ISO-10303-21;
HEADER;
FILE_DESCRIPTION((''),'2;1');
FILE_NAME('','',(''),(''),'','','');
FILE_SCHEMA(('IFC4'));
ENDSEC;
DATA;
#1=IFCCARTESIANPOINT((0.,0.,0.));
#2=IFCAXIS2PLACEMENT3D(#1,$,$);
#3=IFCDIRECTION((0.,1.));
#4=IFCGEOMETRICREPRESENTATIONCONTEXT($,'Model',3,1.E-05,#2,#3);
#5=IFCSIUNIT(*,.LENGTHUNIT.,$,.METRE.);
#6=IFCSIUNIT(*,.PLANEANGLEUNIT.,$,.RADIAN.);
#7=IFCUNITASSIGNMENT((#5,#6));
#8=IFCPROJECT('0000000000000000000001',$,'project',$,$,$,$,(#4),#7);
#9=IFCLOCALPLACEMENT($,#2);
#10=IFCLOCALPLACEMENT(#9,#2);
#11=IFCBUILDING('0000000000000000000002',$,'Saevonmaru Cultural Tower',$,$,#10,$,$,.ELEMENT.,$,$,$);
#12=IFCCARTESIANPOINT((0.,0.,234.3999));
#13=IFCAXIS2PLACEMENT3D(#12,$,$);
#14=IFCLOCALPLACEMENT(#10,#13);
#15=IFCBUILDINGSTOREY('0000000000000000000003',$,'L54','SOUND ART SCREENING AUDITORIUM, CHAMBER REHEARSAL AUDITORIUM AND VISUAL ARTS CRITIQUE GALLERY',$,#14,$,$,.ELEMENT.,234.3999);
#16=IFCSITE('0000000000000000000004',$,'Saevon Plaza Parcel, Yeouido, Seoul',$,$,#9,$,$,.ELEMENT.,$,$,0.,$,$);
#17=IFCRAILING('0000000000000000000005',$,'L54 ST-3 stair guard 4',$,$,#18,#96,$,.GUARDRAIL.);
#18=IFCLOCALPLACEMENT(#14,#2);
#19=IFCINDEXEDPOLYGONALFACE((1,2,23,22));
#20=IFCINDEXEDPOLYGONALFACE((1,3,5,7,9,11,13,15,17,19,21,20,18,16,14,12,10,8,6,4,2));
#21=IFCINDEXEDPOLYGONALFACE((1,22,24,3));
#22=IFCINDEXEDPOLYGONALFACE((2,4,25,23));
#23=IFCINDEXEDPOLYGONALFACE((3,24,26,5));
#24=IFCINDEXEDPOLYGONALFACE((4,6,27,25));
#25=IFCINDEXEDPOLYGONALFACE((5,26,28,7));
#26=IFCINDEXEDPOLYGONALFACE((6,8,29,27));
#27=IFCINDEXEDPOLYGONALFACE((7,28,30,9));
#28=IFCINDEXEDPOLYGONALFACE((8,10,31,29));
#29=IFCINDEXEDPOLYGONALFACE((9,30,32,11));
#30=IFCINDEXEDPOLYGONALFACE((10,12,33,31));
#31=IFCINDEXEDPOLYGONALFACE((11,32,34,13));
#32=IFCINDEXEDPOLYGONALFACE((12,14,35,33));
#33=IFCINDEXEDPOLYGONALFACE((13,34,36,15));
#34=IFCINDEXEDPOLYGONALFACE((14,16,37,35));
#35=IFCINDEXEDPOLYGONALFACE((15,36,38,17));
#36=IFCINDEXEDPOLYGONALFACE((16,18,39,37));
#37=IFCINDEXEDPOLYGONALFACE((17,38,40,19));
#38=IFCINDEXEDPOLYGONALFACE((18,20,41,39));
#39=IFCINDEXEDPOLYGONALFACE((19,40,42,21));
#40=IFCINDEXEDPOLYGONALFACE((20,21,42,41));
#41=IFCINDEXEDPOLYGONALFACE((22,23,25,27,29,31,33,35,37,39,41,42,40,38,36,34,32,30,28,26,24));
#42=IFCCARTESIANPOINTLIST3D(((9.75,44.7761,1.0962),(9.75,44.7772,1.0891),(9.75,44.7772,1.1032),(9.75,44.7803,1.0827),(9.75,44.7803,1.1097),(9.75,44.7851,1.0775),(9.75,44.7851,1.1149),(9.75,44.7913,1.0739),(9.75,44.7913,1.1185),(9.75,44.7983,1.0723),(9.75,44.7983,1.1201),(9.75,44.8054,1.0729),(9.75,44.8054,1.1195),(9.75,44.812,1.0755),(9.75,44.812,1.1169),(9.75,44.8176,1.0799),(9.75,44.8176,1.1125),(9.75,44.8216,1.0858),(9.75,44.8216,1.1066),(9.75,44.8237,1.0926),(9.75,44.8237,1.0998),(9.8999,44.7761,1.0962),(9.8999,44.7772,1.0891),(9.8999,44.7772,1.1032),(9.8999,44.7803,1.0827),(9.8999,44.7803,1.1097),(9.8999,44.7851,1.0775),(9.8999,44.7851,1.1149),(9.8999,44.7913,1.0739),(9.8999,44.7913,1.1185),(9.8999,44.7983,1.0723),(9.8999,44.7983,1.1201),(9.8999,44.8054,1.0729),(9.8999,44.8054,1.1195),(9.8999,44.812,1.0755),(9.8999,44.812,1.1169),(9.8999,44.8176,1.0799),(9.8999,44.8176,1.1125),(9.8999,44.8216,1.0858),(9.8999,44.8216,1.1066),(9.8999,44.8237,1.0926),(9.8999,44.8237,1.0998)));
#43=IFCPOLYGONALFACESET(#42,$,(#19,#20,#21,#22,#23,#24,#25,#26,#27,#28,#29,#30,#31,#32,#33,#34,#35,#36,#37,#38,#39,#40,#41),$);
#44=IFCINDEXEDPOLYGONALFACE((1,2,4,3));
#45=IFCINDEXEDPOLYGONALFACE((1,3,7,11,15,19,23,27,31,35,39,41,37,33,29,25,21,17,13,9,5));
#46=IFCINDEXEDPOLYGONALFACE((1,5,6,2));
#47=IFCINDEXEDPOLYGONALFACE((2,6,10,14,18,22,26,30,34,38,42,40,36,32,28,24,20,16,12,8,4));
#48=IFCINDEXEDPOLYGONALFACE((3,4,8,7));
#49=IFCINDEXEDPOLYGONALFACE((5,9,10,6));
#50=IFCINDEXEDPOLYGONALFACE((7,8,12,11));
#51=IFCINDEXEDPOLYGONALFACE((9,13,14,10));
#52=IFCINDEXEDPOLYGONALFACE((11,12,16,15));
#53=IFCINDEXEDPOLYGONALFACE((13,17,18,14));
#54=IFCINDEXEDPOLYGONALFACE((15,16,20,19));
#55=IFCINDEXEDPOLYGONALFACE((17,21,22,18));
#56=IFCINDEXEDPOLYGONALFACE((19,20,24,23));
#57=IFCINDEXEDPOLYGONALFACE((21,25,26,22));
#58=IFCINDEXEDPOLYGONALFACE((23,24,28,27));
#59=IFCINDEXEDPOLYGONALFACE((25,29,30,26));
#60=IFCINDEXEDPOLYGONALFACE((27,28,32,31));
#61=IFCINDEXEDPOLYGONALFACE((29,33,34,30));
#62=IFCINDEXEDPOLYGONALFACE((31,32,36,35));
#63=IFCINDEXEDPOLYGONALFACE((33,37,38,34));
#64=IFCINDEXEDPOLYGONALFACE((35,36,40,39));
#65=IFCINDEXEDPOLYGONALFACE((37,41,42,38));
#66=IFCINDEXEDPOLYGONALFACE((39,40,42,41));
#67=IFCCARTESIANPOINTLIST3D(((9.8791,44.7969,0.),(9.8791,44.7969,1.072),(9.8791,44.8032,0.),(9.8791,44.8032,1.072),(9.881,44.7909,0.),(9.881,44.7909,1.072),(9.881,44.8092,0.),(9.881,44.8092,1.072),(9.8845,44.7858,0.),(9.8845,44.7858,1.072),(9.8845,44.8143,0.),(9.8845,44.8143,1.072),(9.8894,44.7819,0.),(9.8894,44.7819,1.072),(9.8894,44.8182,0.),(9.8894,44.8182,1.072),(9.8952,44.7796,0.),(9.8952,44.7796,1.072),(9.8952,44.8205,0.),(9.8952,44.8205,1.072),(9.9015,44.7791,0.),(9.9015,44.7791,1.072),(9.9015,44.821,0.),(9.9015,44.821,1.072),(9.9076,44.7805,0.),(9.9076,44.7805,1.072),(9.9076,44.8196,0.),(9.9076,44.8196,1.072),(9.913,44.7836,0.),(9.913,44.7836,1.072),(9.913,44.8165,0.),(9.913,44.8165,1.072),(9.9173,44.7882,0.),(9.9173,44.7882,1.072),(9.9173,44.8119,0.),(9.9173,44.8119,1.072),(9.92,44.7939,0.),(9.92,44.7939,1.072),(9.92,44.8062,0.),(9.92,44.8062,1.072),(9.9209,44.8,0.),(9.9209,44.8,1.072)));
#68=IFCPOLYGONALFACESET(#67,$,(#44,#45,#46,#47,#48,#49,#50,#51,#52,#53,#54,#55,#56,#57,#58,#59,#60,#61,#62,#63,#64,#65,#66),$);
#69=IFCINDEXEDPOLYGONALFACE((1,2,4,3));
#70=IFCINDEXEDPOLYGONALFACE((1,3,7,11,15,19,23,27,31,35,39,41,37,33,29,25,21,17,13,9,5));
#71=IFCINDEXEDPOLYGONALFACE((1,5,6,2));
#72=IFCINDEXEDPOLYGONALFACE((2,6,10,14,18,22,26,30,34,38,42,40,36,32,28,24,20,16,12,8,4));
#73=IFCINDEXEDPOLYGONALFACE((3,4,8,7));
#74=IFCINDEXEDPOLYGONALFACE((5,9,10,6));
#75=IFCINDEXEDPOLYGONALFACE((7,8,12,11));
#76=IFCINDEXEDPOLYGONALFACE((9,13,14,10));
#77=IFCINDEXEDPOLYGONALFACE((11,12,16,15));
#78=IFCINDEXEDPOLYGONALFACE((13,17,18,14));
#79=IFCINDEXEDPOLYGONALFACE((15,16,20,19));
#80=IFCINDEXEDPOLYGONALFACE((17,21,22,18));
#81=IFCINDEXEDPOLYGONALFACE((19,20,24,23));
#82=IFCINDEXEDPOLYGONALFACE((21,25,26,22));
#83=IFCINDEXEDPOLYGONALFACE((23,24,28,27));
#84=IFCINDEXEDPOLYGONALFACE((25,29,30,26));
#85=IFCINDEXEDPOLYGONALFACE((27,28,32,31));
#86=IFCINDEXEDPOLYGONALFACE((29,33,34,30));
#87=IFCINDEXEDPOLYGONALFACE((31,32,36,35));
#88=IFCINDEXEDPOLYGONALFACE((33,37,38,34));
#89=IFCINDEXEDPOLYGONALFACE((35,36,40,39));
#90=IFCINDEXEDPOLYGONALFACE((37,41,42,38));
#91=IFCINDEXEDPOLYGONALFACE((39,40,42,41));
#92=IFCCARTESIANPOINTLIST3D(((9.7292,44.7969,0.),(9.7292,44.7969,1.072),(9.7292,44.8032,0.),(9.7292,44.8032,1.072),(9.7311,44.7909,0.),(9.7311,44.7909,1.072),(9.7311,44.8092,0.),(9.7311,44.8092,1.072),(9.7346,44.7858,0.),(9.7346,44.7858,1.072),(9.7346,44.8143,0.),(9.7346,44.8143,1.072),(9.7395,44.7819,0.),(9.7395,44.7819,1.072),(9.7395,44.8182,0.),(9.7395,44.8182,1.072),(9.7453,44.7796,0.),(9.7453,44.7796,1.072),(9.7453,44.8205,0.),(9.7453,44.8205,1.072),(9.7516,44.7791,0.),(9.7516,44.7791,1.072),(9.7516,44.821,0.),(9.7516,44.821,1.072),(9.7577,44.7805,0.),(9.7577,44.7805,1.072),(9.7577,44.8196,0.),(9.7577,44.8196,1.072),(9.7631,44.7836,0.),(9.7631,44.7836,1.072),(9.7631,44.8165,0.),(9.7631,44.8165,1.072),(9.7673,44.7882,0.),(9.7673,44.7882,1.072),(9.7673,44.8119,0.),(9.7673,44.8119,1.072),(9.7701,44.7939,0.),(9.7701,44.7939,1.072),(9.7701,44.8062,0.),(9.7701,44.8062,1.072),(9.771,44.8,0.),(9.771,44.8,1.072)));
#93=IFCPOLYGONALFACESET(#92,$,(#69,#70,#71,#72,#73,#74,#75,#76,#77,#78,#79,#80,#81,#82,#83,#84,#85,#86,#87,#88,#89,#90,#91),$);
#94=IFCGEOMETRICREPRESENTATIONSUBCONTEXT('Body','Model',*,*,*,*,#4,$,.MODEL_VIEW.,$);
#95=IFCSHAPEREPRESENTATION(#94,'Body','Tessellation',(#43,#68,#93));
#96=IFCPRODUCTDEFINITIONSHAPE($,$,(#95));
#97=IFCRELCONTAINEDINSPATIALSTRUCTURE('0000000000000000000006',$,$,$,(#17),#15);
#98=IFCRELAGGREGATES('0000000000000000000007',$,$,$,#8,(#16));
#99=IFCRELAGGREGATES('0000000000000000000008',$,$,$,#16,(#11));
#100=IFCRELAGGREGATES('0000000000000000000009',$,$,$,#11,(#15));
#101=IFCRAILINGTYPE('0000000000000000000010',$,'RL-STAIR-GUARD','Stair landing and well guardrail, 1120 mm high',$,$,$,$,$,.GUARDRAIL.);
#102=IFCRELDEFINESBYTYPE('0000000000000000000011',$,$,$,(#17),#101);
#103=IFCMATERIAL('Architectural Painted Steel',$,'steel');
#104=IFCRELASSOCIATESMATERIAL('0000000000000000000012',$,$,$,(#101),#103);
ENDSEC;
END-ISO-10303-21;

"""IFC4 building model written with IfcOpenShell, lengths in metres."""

from ifc_helpers import new_model, si_unit, direction, frame, origin, origin_2d, place, context, subcontext, project, spatial, circle, extrude, material, type_object, element, save


model = new_model("IFC4")

# Units and contexts
model_context = context("Model", 3, precision=1e-05, world=origin(), true_north=direction((0.0, 1.0)))
body_context = subcontext(model_context, "Body", "Model", "MODEL_VIEW")
ifc_project = project(units=[si_unit("LENGTHUNIT", "METRE"), si_unit("PLANEANGLEUNIT", "RADIAN")], contexts=[model_context])

# Site, building, storey
site_placement = place(None, origin())
site = spatial("IfcSite", under=ifc_project, at=site_placement, Name="Saevon Plaza Parcel, Yeouido, Seoul", CompositionType="ELEMENT", RefElevation=0.0)
building_placement = place(site_placement, origin())
building = spatial("IfcBuilding", under=site, at=building_placement, Name="Saevonmaru Cultural Tower", CompositionType="ELEMENT")
storey_placement = place(building_placement, frame((0.0, 0.0, 234.3999)))
storey = spatial("IfcBuildingStorey", under=building, at=storey_placement, Name="L54", Description="SOUND ART SCREENING AUDITORIUM, CHAMBER REHEARSAL AUDITORIUM AND VISUAL ARTS CRITIQUE GALLERY", CompositionType="ELEMENT", Elevation=234.3999)

# Railing
ifc_material_1 = material(Name="Architectural Painted Steel", Category="steel")
railing_type_1 = type_object("IfcRailingType", Name="RL-STAIR-GUARD", Description="Stair landing and well guardrail, 1120 mm high", PredefinedType="GUARDRAIL", material=ifc_material_1)
railing_1_placement = place(storey_placement, frame((9.8999, 44.8, 0.0)))
element("IfcRailing", 1, at=railing_1_placement, inside=storey, type_object=railing_type_1, Name="L54 ST-3 stair guard 4", PredefinedType="GUARDRAIL", context=body_context, shape_type="SweptSolid", body=[
    extrude(circle(Radius=0.0239, at=origin_2d()), frame((0.0, 0.0, 1.0962), z_axis=(-1.0, 0.0, 0.0), x_axis=(0.0, -1.0, 0.0)), (0.0, 0.0, 1.0), 0.1499),
    extrude(circle(Radius=0.021, at=origin_2d()), origin(), (0.0, 0.0, 1.0), 1.072),
    extrude(circle(Radius=0.021, at=origin_2d()), frame((-0.1499, 0.0, 0.0)), (0.0, 0.0, 1.0), 1.072),
])

save(model, "model.ifc")
